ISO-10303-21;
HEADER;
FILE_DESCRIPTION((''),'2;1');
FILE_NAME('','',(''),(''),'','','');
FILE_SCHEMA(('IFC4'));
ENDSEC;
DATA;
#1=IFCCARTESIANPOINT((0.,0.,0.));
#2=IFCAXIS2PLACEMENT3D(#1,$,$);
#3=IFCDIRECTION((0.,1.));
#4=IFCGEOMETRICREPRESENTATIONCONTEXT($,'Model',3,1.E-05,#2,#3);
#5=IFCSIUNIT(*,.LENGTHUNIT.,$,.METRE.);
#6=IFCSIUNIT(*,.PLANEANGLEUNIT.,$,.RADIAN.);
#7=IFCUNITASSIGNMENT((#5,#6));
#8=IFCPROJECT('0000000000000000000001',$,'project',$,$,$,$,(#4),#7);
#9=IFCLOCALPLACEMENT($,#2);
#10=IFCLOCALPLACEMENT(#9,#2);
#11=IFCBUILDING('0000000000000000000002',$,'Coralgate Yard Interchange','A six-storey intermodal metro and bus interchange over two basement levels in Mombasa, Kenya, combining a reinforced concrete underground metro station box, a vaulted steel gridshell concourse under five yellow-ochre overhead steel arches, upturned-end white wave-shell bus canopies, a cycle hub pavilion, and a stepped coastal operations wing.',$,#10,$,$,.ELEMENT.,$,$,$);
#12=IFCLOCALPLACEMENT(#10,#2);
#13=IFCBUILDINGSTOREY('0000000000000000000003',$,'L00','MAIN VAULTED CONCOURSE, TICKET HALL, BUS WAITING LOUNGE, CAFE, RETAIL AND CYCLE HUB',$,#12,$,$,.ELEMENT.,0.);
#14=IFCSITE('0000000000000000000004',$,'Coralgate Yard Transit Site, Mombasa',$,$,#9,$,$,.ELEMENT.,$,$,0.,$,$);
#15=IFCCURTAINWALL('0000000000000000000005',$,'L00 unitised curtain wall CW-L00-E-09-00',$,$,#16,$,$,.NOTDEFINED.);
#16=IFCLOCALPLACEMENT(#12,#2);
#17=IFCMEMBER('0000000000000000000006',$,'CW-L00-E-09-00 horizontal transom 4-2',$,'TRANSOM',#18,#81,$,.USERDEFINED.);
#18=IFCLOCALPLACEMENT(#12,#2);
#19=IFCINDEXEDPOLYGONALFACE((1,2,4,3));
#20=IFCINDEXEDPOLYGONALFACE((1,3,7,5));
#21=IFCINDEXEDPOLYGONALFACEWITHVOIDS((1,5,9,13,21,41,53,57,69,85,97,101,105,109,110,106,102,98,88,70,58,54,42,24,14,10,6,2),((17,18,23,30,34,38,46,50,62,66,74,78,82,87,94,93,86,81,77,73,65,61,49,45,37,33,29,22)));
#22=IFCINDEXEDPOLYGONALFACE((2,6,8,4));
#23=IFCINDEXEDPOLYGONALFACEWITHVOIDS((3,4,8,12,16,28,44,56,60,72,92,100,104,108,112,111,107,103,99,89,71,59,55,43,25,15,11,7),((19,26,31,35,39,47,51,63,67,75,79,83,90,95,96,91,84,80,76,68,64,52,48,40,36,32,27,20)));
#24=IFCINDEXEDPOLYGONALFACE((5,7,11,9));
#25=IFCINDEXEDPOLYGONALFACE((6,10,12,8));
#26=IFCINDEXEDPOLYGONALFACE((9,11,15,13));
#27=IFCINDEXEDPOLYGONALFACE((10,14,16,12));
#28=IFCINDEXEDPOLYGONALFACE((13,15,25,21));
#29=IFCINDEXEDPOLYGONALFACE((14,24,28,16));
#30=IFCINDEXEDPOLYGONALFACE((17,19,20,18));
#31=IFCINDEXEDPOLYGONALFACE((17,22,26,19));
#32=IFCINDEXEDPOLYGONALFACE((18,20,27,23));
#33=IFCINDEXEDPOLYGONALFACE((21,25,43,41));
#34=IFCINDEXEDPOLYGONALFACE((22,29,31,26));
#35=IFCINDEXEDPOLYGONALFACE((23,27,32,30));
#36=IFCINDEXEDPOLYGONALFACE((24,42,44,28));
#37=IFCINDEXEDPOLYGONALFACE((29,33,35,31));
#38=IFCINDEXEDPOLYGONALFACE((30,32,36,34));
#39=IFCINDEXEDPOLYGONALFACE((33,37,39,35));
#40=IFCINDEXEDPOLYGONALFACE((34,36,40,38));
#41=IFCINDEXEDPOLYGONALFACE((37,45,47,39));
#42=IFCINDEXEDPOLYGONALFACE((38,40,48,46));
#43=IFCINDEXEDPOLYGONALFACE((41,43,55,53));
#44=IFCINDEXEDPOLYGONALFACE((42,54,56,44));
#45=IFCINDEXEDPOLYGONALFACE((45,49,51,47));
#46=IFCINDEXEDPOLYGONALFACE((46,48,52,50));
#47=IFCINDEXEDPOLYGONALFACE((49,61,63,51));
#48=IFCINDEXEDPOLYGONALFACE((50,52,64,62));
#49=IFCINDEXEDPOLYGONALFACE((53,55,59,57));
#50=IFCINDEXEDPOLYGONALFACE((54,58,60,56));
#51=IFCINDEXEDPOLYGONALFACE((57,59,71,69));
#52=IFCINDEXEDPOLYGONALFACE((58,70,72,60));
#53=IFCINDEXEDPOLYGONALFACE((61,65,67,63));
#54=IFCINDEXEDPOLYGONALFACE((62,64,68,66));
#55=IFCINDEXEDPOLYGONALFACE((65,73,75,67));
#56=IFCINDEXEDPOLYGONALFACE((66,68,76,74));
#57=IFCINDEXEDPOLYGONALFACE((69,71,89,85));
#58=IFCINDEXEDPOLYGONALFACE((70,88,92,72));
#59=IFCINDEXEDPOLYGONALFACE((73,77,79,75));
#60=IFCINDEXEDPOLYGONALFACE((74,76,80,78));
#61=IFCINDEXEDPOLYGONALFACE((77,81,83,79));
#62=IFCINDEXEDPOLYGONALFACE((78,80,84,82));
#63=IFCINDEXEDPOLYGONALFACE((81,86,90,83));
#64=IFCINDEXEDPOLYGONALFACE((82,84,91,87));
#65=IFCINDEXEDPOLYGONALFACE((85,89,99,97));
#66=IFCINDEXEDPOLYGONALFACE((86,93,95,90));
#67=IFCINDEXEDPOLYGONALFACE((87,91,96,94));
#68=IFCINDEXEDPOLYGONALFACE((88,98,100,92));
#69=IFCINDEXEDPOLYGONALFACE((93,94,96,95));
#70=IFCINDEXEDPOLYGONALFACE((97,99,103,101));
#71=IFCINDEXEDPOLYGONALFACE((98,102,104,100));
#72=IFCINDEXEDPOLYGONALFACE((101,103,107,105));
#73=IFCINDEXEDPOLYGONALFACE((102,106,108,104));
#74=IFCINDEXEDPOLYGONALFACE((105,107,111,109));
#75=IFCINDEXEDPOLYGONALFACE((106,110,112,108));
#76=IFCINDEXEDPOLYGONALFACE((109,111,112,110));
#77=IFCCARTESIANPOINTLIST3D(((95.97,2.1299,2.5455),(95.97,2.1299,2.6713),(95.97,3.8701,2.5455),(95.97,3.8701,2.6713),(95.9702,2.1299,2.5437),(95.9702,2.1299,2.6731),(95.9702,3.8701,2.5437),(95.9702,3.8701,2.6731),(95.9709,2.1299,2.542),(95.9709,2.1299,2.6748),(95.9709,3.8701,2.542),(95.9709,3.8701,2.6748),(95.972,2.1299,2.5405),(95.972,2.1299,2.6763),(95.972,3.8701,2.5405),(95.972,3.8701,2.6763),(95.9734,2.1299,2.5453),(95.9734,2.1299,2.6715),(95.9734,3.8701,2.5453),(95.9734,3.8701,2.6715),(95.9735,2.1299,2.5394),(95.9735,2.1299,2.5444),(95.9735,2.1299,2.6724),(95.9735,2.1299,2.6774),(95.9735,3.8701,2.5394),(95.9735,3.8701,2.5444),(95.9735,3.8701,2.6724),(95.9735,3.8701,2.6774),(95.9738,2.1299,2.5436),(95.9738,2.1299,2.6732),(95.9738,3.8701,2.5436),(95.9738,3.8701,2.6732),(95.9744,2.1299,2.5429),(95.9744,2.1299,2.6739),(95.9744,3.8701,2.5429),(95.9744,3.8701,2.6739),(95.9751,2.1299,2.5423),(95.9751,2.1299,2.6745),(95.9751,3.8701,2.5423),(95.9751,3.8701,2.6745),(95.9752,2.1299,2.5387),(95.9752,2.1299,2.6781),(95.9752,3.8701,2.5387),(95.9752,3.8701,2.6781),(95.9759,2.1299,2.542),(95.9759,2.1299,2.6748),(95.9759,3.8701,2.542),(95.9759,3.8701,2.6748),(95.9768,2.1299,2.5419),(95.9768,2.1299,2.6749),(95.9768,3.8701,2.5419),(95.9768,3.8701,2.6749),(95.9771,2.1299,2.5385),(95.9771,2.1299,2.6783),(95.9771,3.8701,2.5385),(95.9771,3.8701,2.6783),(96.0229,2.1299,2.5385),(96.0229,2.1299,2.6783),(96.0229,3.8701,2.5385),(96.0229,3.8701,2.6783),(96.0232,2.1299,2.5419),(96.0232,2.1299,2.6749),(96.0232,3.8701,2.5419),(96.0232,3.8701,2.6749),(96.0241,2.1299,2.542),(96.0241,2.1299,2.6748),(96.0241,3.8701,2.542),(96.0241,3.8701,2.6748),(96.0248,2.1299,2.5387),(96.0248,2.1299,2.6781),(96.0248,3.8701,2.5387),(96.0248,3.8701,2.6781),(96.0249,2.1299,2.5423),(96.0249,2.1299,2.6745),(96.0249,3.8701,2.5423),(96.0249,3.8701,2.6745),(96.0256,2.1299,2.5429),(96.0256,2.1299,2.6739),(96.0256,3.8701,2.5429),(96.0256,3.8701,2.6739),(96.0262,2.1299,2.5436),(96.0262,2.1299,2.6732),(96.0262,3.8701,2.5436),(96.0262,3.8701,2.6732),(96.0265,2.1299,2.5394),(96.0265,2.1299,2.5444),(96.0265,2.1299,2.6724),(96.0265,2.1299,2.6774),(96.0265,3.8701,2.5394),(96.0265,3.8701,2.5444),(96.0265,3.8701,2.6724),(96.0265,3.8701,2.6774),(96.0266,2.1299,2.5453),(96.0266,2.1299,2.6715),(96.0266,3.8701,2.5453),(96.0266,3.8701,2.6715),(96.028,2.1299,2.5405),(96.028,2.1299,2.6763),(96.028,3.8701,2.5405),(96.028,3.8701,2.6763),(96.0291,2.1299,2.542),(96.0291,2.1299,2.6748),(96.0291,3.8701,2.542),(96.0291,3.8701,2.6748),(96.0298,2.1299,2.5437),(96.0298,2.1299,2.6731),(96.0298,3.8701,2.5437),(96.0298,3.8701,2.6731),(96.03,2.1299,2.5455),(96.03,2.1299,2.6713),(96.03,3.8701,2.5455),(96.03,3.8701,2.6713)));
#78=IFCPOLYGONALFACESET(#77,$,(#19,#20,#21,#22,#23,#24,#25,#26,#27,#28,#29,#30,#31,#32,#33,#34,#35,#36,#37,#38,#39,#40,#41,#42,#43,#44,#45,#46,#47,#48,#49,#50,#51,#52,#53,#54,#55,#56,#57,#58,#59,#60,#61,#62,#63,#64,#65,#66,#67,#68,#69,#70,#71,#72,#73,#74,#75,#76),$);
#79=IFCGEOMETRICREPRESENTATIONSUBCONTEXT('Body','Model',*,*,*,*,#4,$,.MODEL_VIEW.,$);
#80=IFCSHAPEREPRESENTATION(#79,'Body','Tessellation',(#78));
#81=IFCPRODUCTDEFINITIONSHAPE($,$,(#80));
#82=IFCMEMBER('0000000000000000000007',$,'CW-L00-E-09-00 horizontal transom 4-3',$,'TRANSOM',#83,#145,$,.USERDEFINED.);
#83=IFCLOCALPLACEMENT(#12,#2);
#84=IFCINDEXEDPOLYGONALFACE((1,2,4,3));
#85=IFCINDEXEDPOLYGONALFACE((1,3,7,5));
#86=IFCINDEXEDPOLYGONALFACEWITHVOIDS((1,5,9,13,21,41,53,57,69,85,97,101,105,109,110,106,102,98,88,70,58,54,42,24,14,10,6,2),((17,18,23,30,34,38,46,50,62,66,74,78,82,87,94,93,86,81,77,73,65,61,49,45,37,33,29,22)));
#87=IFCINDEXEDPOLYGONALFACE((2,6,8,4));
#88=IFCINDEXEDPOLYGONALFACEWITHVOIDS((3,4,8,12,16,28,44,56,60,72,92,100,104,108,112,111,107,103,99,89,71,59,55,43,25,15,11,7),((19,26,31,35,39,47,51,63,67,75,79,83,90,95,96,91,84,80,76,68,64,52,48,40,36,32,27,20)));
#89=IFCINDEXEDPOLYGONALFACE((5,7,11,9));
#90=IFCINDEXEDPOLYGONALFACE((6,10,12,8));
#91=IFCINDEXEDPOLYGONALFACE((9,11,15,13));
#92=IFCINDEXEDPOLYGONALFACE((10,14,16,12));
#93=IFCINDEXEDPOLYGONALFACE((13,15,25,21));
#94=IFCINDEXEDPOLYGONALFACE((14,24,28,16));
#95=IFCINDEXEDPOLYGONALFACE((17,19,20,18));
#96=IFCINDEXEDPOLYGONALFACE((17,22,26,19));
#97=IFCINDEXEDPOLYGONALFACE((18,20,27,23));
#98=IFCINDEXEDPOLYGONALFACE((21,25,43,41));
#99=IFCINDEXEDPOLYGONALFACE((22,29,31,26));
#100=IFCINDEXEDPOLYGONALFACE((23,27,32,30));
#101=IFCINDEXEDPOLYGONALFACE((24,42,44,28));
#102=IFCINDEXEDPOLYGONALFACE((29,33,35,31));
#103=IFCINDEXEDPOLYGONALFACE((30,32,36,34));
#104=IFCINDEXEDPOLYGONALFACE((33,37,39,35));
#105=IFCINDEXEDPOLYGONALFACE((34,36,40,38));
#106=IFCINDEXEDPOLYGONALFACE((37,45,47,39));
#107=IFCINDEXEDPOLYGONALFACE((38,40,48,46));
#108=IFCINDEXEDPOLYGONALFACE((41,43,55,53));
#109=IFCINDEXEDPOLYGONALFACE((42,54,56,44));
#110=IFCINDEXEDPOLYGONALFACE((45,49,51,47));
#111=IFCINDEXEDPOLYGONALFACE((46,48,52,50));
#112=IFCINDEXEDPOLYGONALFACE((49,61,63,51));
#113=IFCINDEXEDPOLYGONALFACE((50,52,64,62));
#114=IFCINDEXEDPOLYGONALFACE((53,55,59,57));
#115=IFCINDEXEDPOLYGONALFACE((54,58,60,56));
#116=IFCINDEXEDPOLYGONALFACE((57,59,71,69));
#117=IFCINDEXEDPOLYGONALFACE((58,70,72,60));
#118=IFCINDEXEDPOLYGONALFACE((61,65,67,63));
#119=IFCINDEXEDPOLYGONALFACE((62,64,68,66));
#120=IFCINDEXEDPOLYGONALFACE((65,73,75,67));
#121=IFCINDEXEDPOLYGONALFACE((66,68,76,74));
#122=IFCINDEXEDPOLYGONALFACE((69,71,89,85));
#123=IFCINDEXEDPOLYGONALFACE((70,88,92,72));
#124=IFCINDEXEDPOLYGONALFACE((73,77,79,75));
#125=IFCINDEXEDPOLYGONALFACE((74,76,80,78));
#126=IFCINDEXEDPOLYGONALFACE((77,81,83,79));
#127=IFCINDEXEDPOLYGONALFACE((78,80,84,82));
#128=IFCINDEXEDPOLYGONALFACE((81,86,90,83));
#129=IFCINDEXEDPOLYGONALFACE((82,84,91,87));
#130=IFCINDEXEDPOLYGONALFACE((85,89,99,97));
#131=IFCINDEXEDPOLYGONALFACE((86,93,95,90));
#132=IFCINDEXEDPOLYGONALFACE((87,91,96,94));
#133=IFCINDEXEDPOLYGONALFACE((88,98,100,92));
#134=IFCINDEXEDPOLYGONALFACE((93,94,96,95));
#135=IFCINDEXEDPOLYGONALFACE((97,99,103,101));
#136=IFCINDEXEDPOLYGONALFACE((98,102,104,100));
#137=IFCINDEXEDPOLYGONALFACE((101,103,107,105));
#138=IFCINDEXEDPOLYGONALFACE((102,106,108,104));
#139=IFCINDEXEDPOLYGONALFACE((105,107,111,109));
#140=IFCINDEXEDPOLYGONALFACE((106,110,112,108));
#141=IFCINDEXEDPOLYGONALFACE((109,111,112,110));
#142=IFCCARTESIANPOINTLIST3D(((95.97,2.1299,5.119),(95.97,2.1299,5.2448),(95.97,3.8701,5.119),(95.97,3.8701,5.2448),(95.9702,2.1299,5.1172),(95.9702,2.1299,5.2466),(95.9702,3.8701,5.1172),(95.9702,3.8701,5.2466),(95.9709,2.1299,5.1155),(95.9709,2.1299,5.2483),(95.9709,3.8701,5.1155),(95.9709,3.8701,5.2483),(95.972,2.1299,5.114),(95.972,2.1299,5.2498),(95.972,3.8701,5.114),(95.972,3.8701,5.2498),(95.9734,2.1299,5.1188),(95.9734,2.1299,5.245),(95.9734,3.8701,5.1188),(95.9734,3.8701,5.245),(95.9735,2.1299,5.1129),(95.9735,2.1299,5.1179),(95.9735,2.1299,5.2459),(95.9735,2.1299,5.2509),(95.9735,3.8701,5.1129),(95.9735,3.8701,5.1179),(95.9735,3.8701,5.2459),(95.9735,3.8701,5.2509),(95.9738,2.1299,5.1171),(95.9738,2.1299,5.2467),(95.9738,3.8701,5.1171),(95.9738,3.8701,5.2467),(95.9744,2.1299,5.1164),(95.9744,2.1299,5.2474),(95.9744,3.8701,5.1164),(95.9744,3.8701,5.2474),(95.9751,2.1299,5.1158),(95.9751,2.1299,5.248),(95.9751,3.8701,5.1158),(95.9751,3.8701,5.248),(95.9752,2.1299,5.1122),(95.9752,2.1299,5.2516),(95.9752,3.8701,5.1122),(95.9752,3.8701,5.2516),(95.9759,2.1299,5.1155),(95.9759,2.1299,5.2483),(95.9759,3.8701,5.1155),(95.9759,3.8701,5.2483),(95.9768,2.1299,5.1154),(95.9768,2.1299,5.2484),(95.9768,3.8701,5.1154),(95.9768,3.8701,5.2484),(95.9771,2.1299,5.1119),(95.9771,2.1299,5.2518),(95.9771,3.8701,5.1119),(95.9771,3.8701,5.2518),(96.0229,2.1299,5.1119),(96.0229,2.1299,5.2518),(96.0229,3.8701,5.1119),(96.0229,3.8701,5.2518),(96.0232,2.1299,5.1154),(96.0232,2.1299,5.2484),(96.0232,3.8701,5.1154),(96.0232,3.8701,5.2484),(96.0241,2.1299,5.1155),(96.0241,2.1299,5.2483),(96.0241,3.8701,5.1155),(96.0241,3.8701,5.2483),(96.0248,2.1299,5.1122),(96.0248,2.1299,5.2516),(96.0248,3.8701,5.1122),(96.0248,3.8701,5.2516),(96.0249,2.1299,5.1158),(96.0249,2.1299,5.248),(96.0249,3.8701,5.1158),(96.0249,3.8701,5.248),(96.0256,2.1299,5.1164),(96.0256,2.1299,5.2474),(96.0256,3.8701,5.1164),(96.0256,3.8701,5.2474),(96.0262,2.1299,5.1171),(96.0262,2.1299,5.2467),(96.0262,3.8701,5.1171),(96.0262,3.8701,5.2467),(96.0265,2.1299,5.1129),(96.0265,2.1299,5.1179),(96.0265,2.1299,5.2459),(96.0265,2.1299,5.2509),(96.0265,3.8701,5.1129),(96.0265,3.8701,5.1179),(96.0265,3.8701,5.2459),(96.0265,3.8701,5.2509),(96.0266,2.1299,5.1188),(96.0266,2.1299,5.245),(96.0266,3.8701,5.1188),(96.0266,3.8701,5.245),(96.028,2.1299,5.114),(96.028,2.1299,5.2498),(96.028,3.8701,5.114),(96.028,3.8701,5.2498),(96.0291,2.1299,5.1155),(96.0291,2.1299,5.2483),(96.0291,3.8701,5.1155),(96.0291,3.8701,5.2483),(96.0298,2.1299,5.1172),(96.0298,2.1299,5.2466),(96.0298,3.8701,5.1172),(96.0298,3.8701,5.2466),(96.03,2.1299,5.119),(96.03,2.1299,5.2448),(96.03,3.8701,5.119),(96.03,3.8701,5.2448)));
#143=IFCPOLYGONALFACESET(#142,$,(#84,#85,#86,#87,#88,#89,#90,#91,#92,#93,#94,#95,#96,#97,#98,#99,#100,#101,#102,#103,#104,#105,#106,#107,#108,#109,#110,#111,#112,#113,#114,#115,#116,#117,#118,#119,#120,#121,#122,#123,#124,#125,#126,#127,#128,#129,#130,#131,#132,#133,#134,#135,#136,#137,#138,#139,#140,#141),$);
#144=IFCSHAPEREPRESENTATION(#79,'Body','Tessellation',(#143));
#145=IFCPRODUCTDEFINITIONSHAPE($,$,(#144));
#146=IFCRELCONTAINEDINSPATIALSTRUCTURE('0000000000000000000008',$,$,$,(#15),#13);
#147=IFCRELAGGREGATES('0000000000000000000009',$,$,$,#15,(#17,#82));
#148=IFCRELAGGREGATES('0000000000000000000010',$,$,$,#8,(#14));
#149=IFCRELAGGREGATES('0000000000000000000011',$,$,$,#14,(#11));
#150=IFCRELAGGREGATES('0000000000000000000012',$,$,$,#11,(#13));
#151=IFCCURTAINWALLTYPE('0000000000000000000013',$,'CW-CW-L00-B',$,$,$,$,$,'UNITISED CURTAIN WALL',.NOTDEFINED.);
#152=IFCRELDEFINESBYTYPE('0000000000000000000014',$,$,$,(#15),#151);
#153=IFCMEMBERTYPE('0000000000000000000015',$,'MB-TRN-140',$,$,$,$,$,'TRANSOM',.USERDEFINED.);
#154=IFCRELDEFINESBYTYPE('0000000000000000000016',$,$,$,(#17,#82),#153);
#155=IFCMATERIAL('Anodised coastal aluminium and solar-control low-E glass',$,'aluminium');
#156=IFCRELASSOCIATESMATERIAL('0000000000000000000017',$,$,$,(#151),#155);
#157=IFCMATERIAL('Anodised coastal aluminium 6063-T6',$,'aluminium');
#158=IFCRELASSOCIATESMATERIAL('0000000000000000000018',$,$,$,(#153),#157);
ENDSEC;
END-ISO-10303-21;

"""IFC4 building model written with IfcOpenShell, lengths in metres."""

from ifc_helpers import new_model, si_unit, direction, frame, origin, origin_2d, place, context, subcontext, project, spatial, hollow_rectangle, extrude, material, material_profile, profile_set, type_object, element, aggregate, save


model = new_model("IFC4")

# Units and contexts
model_context = context("Model", 3, precision=1e-05, world=origin(), true_north=direction((0.0, 1.0)))
body_context = subcontext(model_context, "Body", "Model", "MODEL_VIEW")
ifc_project = project(units=[si_unit("LENGTHUNIT", "METRE"), si_unit("PLANEANGLEUNIT", "RADIAN")], contexts=[model_context])

# Site, building, storey
site_placement = place(None, origin())
site = spatial("IfcSite", under=ifc_project, at=site_placement, Name="Coralgate Yard Transit Site, Mombasa", CompositionType="ELEMENT", RefElevation=0.0)
building_placement = place(site_placement, origin())
building = spatial("IfcBuilding", under=site, at=building_placement, Name="Coralgate Yard Interchange", Description="A six-storey intermodal metro and bus interchange over two basement levels in Mombasa, Kenya, combining a reinforced concrete underground metro station box, a vaulted steel gridshell concourse under five yellow-ochre overhead steel arches, upturned-end white wave-shell bus canopies, a cycle hub pavilion, and a stepped coastal operations wing.", CompositionType="ELEMENT")
storey_placement = place(building_placement, origin())
storey = spatial("IfcBuildingStorey", under=building, at=storey_placement, Name="L00", Description="MAIN VAULTED CONCOURSE, TICKET HALL, BUS WAITING LOUNGE, CAFE, RETAIL AND CYCLE HUB", CompositionType="ELEMENT", Elevation=0.0)

# Curtain wall, members
ifc_material_1 = material(Name="Anodised coastal aluminium and solar-control low-E glass", Category="aluminium")
curtain_wall_type = type_object("IfcCurtainWallType", Name="CW-CW-L00-B", ElementType="UNITISED CURTAIN WALL", PredefinedType="NOTDEFINED", material=ifc_material_1)
curtain_wall_placement = place(storey_placement, origin())
curtain_wall = element("IfcCurtainWall", 1, at=curtain_wall_placement, inside=storey, type_object=curtain_wall_type, Name="L00 unitised curtain wall CW-L00-E-09-00", PredefinedType="NOTDEFINED")
ifc_material_2 = material(Name="Anodised coastal aluminium 6063-T6", Category="aluminium")
ifc_material_profile_1 = material_profile(ifc_material_2, hollow_rectangle(XDim=0.0601, YDim=0.1399, WallThickness=0.0034, InnerFilletRadius=0.0034, OuterFilletRadius=0.0071, at=origin_2d()), Name="ALU 60x140x3.5")
ifc_profile_set_1 = profile_set([ifc_material_profile_1], Name="Anodised coastal aluminium 6063-T6")
member_type_1 = type_object("IfcMemberType", Name="MB-TRN-140", ElementType="TRANSOM", PredefinedType="USERDEFINED", material=ifc_profile_set_1)
member_1_placement = place(storey_placement, frame((96.0, 3.8701, 2.6084), z_axis=(0.0, -1.0, 0.0), x_axis=(1.0, 0.0, 0.0)))
member_1 = element("IfcMember", 2, at=member_1_placement, type_object=member_type_1, Name="CW-L00-E-09-00 horizontal transom 4-2", ObjectType="TRANSOM", PredefinedType="USERDEFINED", context=body_context, shape_type="SweptSolid", body=[
    extrude(hollow_rectangle(XDim=0.0601, YDim=0.1399, WallThickness=0.0034, InnerFilletRadius=0.0034, OuterFilletRadius=0.0071, at=origin_2d()), origin(), (0.0, 0.0, 1.0), 1.7402),
])
member_2_placement = place(storey_placement, frame((96.0, 3.8701, 5.1819), z_axis=(0.0, -1.0, 0.0), x_axis=(1.0, 0.0, 0.0)))
member_2 = element("IfcMember", 3, at=member_2_placement, type_object=member_type_1, Name="CW-L00-E-09-00 horizontal transom 4-3", ObjectType="TRANSOM", PredefinedType="USERDEFINED", context=body_context, shape_type="SweptSolid", body=[
    extrude(hollow_rectangle(XDim=0.0601, YDim=0.1399, WallThickness=0.0034, InnerFilletRadius=0.0034, OuterFilletRadius=0.0071, at=origin_2d()), origin(), (0.0, 0.0, 1.0), 1.7402),
])
aggregate(curtain_wall, [member_1, member_2])

save(model, "model.ifc")
